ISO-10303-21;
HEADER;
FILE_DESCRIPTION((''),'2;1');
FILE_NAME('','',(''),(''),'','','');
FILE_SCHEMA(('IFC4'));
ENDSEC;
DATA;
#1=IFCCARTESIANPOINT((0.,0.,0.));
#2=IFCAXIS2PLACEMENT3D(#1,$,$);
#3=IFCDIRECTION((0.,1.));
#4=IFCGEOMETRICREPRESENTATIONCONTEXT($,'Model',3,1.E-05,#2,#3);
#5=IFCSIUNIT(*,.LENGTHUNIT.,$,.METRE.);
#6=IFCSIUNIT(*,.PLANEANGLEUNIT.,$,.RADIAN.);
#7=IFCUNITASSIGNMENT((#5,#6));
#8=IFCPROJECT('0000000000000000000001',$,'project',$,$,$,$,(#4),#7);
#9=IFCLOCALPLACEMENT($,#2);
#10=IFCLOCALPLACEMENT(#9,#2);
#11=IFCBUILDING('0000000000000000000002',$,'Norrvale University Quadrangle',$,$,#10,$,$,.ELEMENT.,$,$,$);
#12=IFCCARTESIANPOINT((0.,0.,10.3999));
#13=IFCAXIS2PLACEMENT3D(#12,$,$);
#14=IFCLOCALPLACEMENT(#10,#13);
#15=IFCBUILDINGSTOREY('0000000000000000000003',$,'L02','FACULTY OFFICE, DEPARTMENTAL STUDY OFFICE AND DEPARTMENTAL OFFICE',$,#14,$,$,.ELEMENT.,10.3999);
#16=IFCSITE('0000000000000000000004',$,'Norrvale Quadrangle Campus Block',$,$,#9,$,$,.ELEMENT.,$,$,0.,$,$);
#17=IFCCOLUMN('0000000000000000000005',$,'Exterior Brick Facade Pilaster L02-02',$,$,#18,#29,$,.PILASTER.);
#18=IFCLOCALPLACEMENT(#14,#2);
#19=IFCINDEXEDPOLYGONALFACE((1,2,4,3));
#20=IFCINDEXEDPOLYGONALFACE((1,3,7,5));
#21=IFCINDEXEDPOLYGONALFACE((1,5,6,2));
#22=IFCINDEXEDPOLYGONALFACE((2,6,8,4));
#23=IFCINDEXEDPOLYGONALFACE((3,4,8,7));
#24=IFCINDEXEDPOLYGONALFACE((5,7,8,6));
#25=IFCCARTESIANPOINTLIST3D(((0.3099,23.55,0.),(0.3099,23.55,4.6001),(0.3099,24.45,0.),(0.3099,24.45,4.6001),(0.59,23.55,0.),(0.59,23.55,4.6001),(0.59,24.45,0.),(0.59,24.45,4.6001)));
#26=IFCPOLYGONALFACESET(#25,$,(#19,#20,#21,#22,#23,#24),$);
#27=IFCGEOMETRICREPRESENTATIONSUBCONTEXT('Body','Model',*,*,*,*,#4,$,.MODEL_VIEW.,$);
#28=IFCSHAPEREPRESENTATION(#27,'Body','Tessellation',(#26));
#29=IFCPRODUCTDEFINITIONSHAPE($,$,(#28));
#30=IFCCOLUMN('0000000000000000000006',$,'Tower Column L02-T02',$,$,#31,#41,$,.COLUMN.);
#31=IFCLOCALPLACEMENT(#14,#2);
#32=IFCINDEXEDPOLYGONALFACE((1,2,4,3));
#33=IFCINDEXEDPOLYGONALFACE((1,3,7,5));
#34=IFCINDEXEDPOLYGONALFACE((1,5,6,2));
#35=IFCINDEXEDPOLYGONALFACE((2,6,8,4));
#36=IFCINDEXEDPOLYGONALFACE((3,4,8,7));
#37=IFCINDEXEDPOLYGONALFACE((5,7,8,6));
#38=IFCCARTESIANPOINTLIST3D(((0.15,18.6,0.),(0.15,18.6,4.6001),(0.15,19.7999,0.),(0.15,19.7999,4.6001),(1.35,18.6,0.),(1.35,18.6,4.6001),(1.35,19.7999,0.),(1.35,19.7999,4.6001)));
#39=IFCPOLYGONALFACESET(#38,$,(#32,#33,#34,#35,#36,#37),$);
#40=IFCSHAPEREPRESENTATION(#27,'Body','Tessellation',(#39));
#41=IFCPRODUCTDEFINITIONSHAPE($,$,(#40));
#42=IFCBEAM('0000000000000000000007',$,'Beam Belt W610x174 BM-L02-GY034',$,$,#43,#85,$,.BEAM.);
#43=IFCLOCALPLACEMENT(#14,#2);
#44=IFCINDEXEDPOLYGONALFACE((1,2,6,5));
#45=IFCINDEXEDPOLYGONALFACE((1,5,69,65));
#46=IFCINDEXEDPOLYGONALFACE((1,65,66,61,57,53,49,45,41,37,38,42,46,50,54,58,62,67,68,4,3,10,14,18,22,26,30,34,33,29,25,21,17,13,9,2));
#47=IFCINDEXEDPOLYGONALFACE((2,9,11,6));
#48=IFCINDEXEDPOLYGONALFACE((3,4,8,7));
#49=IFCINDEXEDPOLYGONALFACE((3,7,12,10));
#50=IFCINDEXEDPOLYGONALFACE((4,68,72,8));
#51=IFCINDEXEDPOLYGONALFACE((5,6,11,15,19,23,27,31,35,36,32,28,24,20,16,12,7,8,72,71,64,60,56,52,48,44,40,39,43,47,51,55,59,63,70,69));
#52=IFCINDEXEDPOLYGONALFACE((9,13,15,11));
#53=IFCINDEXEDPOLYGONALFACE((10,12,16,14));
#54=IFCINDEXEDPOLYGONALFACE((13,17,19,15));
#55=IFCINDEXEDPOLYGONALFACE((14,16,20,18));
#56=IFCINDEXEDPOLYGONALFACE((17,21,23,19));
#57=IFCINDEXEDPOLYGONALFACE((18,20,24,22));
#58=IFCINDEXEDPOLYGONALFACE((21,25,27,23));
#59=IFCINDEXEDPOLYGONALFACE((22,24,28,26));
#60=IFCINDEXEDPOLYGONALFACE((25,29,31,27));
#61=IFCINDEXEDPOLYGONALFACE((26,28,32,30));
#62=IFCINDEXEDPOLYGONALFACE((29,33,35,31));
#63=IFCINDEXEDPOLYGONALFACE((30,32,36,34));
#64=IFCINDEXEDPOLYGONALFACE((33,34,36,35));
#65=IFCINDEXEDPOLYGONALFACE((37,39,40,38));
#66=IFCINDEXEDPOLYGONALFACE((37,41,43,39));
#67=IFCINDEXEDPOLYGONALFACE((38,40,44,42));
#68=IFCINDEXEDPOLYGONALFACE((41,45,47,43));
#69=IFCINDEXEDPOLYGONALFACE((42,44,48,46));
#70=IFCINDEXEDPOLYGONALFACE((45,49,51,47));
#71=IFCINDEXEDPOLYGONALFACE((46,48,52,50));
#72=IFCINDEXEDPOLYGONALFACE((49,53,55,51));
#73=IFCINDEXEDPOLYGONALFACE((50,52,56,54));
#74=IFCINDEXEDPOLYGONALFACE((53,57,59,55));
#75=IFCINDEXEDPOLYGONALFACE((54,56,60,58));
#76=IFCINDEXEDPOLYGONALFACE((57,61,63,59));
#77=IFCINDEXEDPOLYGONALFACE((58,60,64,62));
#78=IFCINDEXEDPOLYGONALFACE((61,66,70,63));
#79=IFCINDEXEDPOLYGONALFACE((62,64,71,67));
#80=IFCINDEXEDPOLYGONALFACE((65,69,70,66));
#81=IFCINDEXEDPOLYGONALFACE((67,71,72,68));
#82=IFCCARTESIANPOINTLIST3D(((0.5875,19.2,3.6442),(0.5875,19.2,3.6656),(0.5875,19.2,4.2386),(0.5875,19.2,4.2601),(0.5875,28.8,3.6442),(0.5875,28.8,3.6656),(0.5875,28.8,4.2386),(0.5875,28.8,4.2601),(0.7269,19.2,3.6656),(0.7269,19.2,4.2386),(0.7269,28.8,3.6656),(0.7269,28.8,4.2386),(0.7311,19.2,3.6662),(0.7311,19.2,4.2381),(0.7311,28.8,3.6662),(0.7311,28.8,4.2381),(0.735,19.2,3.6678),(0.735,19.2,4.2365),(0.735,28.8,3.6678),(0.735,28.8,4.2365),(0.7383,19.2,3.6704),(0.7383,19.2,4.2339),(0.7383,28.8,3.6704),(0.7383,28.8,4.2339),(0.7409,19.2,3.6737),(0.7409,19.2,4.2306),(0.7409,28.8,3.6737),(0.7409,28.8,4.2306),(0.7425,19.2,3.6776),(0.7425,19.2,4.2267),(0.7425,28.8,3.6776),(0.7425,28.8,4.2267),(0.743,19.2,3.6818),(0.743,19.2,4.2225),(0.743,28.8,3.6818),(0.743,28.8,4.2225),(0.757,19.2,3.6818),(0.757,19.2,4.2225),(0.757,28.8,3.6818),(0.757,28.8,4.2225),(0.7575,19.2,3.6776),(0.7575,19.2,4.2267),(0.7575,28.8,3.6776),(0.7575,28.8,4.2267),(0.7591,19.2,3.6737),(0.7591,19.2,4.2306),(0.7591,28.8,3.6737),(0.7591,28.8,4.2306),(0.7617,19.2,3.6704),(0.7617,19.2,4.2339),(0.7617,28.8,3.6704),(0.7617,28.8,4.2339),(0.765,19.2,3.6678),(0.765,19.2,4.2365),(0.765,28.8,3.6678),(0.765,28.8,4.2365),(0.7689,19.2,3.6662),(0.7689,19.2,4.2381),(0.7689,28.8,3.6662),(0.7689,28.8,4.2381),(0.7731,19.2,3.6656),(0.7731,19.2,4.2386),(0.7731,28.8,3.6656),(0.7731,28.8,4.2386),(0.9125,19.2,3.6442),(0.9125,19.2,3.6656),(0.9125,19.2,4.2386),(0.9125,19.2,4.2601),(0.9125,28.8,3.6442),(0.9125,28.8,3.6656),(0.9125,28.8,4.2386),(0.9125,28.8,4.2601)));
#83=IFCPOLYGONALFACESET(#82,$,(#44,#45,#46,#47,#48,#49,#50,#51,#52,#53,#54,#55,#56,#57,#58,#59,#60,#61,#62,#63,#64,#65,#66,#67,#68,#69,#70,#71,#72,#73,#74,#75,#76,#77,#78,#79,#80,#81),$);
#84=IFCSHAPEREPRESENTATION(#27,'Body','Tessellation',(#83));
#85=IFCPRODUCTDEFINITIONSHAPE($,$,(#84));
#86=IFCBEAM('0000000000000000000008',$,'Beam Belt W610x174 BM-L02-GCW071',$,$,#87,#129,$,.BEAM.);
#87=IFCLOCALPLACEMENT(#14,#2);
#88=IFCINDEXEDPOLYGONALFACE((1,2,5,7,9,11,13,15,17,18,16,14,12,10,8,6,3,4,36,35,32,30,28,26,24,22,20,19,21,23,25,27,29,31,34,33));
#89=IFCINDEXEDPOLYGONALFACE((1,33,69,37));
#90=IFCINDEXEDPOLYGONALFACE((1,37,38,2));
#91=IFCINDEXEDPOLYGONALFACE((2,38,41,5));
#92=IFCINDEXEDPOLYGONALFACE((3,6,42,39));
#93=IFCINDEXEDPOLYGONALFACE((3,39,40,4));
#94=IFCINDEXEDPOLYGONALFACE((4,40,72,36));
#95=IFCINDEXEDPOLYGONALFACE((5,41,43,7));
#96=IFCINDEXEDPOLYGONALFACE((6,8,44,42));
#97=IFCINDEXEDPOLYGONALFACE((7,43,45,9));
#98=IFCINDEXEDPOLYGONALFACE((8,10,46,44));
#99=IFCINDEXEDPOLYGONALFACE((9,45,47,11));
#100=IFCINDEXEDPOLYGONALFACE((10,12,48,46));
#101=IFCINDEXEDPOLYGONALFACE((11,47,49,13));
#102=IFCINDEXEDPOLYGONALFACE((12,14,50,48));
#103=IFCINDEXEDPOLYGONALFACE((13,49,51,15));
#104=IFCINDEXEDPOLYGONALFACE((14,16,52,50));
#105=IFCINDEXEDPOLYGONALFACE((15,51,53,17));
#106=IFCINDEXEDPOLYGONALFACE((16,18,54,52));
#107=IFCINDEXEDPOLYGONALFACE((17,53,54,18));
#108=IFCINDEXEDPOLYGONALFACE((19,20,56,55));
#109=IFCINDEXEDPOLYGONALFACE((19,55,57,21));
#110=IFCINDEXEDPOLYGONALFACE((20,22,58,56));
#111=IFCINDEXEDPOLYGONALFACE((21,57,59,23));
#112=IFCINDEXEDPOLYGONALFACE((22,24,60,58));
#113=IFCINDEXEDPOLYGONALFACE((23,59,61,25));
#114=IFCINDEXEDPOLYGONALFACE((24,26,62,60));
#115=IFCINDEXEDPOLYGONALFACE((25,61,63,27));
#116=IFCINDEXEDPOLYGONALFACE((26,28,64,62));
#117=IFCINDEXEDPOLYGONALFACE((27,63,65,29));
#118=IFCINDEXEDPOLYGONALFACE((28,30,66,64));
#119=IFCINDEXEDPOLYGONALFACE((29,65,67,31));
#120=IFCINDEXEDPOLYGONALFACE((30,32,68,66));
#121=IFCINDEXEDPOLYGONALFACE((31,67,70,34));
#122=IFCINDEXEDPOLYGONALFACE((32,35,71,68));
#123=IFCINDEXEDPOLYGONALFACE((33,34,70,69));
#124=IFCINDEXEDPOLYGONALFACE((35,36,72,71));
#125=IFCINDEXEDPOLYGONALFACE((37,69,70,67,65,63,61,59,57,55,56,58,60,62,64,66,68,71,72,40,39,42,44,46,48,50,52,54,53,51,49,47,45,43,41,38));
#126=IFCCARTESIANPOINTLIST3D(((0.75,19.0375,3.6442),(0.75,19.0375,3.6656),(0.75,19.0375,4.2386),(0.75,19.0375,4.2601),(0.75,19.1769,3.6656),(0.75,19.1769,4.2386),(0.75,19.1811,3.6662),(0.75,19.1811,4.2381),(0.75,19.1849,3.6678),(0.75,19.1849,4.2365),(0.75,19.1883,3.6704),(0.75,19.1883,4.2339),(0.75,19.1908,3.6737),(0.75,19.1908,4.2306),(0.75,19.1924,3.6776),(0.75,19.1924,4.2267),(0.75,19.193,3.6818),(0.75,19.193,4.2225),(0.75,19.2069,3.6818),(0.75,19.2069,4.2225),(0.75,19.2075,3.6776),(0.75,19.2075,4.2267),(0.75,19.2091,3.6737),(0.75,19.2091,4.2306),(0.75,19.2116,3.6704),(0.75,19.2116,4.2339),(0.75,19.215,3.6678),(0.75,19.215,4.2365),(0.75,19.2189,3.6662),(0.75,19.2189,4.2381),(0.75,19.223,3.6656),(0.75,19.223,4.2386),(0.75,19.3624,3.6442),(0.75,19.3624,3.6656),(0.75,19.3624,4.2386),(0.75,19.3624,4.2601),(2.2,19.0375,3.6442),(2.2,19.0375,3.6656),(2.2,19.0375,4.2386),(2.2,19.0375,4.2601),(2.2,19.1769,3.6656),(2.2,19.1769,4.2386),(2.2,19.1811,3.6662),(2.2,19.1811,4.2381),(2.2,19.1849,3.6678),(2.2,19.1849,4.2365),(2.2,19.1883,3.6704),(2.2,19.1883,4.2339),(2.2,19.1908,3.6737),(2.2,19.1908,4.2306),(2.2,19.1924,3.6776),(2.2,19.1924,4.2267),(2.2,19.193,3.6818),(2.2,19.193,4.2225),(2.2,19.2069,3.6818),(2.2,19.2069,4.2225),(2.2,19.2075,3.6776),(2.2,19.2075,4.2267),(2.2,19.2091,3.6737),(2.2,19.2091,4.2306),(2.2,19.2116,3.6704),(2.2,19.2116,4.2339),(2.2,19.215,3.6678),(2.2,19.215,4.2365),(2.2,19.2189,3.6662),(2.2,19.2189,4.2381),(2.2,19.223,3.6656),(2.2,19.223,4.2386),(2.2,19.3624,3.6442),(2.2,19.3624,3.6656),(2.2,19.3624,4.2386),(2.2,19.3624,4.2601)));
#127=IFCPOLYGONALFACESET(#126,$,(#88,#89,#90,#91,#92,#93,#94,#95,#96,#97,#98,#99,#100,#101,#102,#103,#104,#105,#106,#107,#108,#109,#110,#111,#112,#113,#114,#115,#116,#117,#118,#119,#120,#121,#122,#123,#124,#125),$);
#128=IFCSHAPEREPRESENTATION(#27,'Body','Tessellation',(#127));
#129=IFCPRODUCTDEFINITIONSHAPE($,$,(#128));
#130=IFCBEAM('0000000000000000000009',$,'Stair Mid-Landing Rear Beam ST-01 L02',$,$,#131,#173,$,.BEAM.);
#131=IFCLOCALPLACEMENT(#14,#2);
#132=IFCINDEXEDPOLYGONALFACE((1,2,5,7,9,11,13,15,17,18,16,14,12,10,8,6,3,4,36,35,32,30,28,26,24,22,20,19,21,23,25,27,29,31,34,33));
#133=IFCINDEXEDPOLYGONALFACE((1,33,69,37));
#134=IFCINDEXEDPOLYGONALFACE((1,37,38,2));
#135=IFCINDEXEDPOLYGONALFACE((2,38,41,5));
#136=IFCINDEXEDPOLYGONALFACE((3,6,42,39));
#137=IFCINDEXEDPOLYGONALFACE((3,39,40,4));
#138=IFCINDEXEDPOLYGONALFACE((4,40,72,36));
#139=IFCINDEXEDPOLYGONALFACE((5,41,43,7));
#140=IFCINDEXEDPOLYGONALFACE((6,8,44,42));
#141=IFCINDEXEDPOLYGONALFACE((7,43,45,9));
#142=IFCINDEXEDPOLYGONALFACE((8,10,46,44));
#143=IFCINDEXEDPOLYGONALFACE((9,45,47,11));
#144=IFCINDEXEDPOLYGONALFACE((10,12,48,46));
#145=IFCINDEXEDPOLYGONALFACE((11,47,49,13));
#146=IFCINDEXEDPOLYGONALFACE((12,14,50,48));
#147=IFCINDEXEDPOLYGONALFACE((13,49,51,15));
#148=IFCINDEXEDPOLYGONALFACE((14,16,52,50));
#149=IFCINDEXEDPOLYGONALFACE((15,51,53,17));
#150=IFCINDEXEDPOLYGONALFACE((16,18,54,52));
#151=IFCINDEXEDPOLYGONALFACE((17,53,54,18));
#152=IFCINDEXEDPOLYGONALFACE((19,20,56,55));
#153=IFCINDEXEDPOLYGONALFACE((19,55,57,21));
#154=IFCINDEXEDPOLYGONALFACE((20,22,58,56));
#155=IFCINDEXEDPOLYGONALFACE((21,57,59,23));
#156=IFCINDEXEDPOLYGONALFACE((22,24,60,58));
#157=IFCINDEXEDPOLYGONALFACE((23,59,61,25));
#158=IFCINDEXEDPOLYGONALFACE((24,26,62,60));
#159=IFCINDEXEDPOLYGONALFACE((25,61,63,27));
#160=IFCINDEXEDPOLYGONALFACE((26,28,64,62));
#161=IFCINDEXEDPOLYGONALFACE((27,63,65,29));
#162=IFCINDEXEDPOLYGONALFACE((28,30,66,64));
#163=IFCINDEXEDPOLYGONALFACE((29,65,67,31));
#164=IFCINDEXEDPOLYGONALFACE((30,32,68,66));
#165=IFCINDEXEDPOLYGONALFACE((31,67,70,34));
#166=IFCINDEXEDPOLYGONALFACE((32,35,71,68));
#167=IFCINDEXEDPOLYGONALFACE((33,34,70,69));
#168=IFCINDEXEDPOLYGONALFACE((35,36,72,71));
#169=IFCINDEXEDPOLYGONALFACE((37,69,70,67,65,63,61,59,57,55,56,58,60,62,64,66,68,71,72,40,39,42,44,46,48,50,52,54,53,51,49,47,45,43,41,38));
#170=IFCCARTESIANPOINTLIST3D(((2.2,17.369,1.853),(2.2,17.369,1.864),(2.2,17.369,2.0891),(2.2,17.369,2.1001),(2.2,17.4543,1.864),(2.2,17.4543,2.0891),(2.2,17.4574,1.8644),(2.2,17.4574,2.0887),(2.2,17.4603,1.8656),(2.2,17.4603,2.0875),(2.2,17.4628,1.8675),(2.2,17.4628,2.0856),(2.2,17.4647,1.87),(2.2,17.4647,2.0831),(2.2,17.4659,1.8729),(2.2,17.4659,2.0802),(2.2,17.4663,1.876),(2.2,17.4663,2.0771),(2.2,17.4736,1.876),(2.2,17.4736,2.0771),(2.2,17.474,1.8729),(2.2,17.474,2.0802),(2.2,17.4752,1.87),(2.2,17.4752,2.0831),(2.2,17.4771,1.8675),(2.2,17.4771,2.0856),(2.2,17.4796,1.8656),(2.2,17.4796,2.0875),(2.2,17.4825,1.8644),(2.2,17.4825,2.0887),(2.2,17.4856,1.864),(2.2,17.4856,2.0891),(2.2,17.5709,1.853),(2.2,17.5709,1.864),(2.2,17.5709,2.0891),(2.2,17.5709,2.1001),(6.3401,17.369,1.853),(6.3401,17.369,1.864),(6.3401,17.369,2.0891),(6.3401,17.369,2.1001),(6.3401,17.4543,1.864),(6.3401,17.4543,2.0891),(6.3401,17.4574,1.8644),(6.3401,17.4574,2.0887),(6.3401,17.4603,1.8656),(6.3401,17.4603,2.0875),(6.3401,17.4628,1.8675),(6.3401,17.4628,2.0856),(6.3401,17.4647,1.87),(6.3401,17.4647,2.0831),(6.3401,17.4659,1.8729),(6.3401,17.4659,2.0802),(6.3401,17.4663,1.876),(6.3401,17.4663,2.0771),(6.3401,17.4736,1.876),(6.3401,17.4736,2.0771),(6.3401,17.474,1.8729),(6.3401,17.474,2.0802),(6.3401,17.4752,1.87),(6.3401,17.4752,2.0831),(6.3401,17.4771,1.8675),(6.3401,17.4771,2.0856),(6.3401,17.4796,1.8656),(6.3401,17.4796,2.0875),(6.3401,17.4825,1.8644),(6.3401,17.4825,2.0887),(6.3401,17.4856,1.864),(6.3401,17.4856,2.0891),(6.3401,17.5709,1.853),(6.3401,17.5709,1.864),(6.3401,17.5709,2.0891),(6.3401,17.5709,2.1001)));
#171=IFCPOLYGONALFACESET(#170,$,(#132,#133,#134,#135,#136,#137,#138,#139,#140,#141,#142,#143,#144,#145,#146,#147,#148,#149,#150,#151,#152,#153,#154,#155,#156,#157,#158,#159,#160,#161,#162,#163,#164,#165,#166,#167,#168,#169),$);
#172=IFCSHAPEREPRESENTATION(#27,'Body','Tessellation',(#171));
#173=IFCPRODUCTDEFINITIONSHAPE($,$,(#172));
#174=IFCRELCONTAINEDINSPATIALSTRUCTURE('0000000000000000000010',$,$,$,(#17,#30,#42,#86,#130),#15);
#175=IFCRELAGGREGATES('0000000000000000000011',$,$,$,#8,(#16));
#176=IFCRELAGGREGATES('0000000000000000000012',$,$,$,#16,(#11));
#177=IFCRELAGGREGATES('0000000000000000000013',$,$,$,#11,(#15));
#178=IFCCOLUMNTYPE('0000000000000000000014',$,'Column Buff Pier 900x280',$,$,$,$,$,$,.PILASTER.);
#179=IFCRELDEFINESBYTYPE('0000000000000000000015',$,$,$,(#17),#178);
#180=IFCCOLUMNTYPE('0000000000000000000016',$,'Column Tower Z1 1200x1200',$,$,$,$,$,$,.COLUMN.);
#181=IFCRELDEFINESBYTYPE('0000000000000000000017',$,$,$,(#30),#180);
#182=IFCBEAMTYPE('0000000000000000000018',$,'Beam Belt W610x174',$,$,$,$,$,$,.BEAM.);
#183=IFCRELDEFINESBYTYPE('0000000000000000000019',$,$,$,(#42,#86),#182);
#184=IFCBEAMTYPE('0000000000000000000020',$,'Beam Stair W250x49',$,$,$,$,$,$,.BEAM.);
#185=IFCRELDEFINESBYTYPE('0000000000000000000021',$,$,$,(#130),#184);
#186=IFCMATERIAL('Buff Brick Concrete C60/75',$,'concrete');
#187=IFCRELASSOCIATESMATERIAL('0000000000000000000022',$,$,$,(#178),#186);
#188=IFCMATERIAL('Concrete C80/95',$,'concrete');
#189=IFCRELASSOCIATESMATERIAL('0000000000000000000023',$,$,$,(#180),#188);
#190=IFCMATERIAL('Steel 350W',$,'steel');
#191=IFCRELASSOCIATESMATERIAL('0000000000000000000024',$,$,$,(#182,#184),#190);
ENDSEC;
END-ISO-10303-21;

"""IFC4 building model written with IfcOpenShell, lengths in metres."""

from ifc_helpers import new_model, si_unit, direction, frame, origin, origin_2d, place, context, subcontext, project, spatial, rectangle, i_section, extrude, material, material_profile, profile_set, type_object, element, save


model = new_model("IFC4")

# Units and contexts
model_context = context("Model", 3, precision=1e-05, world=origin(), true_north=direction((0.0, 1.0)))
body_context = subcontext(model_context, "Body", "Model", "MODEL_VIEW")
ifc_project = project(units=[si_unit("LENGTHUNIT", "METRE"), si_unit("PLANEANGLEUNIT", "RADIAN")], contexts=[model_context])

# Site, building, storey
site_placement = place(None, origin())
site = spatial("IfcSite", under=ifc_project, at=site_placement, Name="Norrvale Quadrangle Campus Block", CompositionType="ELEMENT", RefElevation=0.0)
building_placement = place(site_placement, origin())
building = spatial("IfcBuilding", under=site, at=building_placement, Name="Norrvale University Quadrangle", CompositionType="ELEMENT")
storey_placement = place(building_placement, frame((0.0, 0.0, 10.3999)))
storey = spatial("IfcBuildingStorey", under=building, at=storey_placement, Name="L02", Description="FACULTY OFFICE, DEPARTMENTAL STUDY OFFICE AND DEPARTMENTAL OFFICE", CompositionType="ELEMENT", Elevation=10.3999)

# Columns
ifc_material_1 = material(Name="Buff Brick Concrete C60/75", Category="concrete")
ifc_material_profile_1 = material_profile(ifc_material_1, rectangle(XDim=0.8999, YDim=0.28, at=origin_2d()), Name="Buff Brick Concrete C60/75")
ifc_profile_set_1 = profile_set([ifc_material_profile_1], Name="Buff Brick Concrete C60/75")
column_type_1 = type_object("IfcColumnType", Name="Column Buff Pier 900x280", PredefinedType="PILASTER", material=ifc_profile_set_1)
column_1_placement = place(storey_placement, frame((0.45, 24.0, 0.0), z_axis=(0.0, 0.0, 1.0), x_axis=(0.0, 1.0, 0.0)))
element("IfcColumn", 1, at=column_1_placement, inside=storey, type_object=column_type_1, Name="Exterior Brick Facade Pilaster L02-02", PredefinedType="PILASTER", context=body_context, shape_type="SweptSolid", body=[
    extrude(rectangle(XDim=0.8999, YDim=0.28, at=origin_2d()), origin(), (0.0, 0.0, 1.0), 4.6001),
])
ifc_material_2 = material(Name="Concrete C80/95", Category="concrete")
ifc_material_profile_2 = material_profile(ifc_material_2, rectangle(XDim=1.2, YDim=1.2, at=origin_2d()), Name="Concrete C80/95")
ifc_profile_set_2 = profile_set([ifc_material_profile_2], Name="Concrete C80/95")
column_type_2 = type_object("IfcColumnType", Name="Column Tower Z1 1200x1200", PredefinedType="COLUMN", material=ifc_profile_set_2)
column_2_placement = place(storey_placement, frame((0.75, 19.2, 0.0), z_axis=(0.0, 0.0, 1.0), x_axis=(1.0, 0.0, 0.0)))
element("IfcColumn", 2, at=column_2_placement, inside=storey, type_object=column_type_2, Name="Tower Column L02-T02", PredefinedType="COLUMN", context=body_context, shape_type="SweptSolid", body=[
    extrude(rectangle(XDim=1.2, YDim=1.2, at=origin_2d()), origin(), (0.0, 0.0, 1.0), 4.6001),
])

# Beams
ifc_material_3 = material(Name="Steel 350W", Category="steel")
ifc_material_profile_3 = material_profile(ifc_material_3, i_section(OverallWidth=0.325, OverallDepth=0.616, WebThickness=0.0139, FlangeThickness=0.0215, FilletRadius=0.0161, at=origin_2d()), Name="Steel 350W")
ifc_profile_set_3 = profile_set([ifc_material_profile_3], Name="Steel 350W")
beam_type_1 = type_object("IfcBeamType", Name="Beam Belt W610x174", PredefinedType="BEAM", material=ifc_profile_set_3)
beam_1_placement = place(storey_placement, frame((0.75, 19.2, 3.9521), z_axis=(0.0, 1.0, 0.0), x_axis=(-1.0, 0.0, 0.0)))
element("IfcBeam", 3, at=beam_1_placement, inside=storey, type_object=beam_type_1, Name="Beam Belt W610x174 BM-L02-GY034", PredefinedType="BEAM", context=body_context, shape_type="SweptSolid", body=[
    extrude(i_section(OverallWidth=0.325, OverallDepth=0.616, WebThickness=0.0139, FlangeThickness=0.0215, FilletRadius=0.0161, at=origin_2d()), origin(), (0.0, 0.0, 1.0), 9.6001),
])
beam_2_placement = place(storey_placement, frame((0.75, 19.2, 3.9521), z_axis=(1.0, 0.0, 0.0), x_axis=(0.0, 1.0, 0.0)))
element("IfcBeam", 4, at=beam_2_placement, inside=storey, type_object=beam_type_1, Name="Beam Belt W610x174 BM-L02-GCW071", PredefinedType="BEAM", context=body_context, shape_type="SweptSolid", body=[
    extrude(i_section(OverallWidth=0.325, OverallDepth=0.616, WebThickness=0.0139, FlangeThickness=0.0215, FilletRadius=0.0161, at=origin_2d()), origin(), (0.0, 0.0, 1.0), 1.45),
])
ifc_material_profile_4 = material_profile(ifc_material_3, i_section(OverallWidth=0.2019, OverallDepth=0.2471, WebThickness=0.0073, FlangeThickness=0.011, FilletRadius=0.012, at=origin_2d()), Name="Steel 350W")
ifc_profile_set_4 = profile_set([ifc_material_profile_4], Name="Steel 350W")
beam_type_2 = type_object("IfcBeamType", Name="Beam Stair W250x49", PredefinedType="BEAM", material=ifc_profile_set_4)
beam_3_placement = place(storey_placement, frame((2.2, 17.47, 1.9766), z_axis=(1.0, 0.0, 0.0), x_axis=(0.0, 1.0, 0.0)))
element("IfcBeam", 5, at=beam_3_placement, inside=storey, type_object=beam_type_2, Name="Stair Mid-Landing Rear Beam ST-01 L02", PredefinedType="BEAM", context=body_context, shape_type="SweptSolid", body=[
    extrude(i_section(OverallWidth=0.2019, OverallDepth=0.2471, WebThickness=0.0073, FlangeThickness=0.011, FilletRadius=0.012, at=origin_2d()), origin(), (0.0, 0.0, 1.0), 4.1401),
])

save(model, "model.ifc")
